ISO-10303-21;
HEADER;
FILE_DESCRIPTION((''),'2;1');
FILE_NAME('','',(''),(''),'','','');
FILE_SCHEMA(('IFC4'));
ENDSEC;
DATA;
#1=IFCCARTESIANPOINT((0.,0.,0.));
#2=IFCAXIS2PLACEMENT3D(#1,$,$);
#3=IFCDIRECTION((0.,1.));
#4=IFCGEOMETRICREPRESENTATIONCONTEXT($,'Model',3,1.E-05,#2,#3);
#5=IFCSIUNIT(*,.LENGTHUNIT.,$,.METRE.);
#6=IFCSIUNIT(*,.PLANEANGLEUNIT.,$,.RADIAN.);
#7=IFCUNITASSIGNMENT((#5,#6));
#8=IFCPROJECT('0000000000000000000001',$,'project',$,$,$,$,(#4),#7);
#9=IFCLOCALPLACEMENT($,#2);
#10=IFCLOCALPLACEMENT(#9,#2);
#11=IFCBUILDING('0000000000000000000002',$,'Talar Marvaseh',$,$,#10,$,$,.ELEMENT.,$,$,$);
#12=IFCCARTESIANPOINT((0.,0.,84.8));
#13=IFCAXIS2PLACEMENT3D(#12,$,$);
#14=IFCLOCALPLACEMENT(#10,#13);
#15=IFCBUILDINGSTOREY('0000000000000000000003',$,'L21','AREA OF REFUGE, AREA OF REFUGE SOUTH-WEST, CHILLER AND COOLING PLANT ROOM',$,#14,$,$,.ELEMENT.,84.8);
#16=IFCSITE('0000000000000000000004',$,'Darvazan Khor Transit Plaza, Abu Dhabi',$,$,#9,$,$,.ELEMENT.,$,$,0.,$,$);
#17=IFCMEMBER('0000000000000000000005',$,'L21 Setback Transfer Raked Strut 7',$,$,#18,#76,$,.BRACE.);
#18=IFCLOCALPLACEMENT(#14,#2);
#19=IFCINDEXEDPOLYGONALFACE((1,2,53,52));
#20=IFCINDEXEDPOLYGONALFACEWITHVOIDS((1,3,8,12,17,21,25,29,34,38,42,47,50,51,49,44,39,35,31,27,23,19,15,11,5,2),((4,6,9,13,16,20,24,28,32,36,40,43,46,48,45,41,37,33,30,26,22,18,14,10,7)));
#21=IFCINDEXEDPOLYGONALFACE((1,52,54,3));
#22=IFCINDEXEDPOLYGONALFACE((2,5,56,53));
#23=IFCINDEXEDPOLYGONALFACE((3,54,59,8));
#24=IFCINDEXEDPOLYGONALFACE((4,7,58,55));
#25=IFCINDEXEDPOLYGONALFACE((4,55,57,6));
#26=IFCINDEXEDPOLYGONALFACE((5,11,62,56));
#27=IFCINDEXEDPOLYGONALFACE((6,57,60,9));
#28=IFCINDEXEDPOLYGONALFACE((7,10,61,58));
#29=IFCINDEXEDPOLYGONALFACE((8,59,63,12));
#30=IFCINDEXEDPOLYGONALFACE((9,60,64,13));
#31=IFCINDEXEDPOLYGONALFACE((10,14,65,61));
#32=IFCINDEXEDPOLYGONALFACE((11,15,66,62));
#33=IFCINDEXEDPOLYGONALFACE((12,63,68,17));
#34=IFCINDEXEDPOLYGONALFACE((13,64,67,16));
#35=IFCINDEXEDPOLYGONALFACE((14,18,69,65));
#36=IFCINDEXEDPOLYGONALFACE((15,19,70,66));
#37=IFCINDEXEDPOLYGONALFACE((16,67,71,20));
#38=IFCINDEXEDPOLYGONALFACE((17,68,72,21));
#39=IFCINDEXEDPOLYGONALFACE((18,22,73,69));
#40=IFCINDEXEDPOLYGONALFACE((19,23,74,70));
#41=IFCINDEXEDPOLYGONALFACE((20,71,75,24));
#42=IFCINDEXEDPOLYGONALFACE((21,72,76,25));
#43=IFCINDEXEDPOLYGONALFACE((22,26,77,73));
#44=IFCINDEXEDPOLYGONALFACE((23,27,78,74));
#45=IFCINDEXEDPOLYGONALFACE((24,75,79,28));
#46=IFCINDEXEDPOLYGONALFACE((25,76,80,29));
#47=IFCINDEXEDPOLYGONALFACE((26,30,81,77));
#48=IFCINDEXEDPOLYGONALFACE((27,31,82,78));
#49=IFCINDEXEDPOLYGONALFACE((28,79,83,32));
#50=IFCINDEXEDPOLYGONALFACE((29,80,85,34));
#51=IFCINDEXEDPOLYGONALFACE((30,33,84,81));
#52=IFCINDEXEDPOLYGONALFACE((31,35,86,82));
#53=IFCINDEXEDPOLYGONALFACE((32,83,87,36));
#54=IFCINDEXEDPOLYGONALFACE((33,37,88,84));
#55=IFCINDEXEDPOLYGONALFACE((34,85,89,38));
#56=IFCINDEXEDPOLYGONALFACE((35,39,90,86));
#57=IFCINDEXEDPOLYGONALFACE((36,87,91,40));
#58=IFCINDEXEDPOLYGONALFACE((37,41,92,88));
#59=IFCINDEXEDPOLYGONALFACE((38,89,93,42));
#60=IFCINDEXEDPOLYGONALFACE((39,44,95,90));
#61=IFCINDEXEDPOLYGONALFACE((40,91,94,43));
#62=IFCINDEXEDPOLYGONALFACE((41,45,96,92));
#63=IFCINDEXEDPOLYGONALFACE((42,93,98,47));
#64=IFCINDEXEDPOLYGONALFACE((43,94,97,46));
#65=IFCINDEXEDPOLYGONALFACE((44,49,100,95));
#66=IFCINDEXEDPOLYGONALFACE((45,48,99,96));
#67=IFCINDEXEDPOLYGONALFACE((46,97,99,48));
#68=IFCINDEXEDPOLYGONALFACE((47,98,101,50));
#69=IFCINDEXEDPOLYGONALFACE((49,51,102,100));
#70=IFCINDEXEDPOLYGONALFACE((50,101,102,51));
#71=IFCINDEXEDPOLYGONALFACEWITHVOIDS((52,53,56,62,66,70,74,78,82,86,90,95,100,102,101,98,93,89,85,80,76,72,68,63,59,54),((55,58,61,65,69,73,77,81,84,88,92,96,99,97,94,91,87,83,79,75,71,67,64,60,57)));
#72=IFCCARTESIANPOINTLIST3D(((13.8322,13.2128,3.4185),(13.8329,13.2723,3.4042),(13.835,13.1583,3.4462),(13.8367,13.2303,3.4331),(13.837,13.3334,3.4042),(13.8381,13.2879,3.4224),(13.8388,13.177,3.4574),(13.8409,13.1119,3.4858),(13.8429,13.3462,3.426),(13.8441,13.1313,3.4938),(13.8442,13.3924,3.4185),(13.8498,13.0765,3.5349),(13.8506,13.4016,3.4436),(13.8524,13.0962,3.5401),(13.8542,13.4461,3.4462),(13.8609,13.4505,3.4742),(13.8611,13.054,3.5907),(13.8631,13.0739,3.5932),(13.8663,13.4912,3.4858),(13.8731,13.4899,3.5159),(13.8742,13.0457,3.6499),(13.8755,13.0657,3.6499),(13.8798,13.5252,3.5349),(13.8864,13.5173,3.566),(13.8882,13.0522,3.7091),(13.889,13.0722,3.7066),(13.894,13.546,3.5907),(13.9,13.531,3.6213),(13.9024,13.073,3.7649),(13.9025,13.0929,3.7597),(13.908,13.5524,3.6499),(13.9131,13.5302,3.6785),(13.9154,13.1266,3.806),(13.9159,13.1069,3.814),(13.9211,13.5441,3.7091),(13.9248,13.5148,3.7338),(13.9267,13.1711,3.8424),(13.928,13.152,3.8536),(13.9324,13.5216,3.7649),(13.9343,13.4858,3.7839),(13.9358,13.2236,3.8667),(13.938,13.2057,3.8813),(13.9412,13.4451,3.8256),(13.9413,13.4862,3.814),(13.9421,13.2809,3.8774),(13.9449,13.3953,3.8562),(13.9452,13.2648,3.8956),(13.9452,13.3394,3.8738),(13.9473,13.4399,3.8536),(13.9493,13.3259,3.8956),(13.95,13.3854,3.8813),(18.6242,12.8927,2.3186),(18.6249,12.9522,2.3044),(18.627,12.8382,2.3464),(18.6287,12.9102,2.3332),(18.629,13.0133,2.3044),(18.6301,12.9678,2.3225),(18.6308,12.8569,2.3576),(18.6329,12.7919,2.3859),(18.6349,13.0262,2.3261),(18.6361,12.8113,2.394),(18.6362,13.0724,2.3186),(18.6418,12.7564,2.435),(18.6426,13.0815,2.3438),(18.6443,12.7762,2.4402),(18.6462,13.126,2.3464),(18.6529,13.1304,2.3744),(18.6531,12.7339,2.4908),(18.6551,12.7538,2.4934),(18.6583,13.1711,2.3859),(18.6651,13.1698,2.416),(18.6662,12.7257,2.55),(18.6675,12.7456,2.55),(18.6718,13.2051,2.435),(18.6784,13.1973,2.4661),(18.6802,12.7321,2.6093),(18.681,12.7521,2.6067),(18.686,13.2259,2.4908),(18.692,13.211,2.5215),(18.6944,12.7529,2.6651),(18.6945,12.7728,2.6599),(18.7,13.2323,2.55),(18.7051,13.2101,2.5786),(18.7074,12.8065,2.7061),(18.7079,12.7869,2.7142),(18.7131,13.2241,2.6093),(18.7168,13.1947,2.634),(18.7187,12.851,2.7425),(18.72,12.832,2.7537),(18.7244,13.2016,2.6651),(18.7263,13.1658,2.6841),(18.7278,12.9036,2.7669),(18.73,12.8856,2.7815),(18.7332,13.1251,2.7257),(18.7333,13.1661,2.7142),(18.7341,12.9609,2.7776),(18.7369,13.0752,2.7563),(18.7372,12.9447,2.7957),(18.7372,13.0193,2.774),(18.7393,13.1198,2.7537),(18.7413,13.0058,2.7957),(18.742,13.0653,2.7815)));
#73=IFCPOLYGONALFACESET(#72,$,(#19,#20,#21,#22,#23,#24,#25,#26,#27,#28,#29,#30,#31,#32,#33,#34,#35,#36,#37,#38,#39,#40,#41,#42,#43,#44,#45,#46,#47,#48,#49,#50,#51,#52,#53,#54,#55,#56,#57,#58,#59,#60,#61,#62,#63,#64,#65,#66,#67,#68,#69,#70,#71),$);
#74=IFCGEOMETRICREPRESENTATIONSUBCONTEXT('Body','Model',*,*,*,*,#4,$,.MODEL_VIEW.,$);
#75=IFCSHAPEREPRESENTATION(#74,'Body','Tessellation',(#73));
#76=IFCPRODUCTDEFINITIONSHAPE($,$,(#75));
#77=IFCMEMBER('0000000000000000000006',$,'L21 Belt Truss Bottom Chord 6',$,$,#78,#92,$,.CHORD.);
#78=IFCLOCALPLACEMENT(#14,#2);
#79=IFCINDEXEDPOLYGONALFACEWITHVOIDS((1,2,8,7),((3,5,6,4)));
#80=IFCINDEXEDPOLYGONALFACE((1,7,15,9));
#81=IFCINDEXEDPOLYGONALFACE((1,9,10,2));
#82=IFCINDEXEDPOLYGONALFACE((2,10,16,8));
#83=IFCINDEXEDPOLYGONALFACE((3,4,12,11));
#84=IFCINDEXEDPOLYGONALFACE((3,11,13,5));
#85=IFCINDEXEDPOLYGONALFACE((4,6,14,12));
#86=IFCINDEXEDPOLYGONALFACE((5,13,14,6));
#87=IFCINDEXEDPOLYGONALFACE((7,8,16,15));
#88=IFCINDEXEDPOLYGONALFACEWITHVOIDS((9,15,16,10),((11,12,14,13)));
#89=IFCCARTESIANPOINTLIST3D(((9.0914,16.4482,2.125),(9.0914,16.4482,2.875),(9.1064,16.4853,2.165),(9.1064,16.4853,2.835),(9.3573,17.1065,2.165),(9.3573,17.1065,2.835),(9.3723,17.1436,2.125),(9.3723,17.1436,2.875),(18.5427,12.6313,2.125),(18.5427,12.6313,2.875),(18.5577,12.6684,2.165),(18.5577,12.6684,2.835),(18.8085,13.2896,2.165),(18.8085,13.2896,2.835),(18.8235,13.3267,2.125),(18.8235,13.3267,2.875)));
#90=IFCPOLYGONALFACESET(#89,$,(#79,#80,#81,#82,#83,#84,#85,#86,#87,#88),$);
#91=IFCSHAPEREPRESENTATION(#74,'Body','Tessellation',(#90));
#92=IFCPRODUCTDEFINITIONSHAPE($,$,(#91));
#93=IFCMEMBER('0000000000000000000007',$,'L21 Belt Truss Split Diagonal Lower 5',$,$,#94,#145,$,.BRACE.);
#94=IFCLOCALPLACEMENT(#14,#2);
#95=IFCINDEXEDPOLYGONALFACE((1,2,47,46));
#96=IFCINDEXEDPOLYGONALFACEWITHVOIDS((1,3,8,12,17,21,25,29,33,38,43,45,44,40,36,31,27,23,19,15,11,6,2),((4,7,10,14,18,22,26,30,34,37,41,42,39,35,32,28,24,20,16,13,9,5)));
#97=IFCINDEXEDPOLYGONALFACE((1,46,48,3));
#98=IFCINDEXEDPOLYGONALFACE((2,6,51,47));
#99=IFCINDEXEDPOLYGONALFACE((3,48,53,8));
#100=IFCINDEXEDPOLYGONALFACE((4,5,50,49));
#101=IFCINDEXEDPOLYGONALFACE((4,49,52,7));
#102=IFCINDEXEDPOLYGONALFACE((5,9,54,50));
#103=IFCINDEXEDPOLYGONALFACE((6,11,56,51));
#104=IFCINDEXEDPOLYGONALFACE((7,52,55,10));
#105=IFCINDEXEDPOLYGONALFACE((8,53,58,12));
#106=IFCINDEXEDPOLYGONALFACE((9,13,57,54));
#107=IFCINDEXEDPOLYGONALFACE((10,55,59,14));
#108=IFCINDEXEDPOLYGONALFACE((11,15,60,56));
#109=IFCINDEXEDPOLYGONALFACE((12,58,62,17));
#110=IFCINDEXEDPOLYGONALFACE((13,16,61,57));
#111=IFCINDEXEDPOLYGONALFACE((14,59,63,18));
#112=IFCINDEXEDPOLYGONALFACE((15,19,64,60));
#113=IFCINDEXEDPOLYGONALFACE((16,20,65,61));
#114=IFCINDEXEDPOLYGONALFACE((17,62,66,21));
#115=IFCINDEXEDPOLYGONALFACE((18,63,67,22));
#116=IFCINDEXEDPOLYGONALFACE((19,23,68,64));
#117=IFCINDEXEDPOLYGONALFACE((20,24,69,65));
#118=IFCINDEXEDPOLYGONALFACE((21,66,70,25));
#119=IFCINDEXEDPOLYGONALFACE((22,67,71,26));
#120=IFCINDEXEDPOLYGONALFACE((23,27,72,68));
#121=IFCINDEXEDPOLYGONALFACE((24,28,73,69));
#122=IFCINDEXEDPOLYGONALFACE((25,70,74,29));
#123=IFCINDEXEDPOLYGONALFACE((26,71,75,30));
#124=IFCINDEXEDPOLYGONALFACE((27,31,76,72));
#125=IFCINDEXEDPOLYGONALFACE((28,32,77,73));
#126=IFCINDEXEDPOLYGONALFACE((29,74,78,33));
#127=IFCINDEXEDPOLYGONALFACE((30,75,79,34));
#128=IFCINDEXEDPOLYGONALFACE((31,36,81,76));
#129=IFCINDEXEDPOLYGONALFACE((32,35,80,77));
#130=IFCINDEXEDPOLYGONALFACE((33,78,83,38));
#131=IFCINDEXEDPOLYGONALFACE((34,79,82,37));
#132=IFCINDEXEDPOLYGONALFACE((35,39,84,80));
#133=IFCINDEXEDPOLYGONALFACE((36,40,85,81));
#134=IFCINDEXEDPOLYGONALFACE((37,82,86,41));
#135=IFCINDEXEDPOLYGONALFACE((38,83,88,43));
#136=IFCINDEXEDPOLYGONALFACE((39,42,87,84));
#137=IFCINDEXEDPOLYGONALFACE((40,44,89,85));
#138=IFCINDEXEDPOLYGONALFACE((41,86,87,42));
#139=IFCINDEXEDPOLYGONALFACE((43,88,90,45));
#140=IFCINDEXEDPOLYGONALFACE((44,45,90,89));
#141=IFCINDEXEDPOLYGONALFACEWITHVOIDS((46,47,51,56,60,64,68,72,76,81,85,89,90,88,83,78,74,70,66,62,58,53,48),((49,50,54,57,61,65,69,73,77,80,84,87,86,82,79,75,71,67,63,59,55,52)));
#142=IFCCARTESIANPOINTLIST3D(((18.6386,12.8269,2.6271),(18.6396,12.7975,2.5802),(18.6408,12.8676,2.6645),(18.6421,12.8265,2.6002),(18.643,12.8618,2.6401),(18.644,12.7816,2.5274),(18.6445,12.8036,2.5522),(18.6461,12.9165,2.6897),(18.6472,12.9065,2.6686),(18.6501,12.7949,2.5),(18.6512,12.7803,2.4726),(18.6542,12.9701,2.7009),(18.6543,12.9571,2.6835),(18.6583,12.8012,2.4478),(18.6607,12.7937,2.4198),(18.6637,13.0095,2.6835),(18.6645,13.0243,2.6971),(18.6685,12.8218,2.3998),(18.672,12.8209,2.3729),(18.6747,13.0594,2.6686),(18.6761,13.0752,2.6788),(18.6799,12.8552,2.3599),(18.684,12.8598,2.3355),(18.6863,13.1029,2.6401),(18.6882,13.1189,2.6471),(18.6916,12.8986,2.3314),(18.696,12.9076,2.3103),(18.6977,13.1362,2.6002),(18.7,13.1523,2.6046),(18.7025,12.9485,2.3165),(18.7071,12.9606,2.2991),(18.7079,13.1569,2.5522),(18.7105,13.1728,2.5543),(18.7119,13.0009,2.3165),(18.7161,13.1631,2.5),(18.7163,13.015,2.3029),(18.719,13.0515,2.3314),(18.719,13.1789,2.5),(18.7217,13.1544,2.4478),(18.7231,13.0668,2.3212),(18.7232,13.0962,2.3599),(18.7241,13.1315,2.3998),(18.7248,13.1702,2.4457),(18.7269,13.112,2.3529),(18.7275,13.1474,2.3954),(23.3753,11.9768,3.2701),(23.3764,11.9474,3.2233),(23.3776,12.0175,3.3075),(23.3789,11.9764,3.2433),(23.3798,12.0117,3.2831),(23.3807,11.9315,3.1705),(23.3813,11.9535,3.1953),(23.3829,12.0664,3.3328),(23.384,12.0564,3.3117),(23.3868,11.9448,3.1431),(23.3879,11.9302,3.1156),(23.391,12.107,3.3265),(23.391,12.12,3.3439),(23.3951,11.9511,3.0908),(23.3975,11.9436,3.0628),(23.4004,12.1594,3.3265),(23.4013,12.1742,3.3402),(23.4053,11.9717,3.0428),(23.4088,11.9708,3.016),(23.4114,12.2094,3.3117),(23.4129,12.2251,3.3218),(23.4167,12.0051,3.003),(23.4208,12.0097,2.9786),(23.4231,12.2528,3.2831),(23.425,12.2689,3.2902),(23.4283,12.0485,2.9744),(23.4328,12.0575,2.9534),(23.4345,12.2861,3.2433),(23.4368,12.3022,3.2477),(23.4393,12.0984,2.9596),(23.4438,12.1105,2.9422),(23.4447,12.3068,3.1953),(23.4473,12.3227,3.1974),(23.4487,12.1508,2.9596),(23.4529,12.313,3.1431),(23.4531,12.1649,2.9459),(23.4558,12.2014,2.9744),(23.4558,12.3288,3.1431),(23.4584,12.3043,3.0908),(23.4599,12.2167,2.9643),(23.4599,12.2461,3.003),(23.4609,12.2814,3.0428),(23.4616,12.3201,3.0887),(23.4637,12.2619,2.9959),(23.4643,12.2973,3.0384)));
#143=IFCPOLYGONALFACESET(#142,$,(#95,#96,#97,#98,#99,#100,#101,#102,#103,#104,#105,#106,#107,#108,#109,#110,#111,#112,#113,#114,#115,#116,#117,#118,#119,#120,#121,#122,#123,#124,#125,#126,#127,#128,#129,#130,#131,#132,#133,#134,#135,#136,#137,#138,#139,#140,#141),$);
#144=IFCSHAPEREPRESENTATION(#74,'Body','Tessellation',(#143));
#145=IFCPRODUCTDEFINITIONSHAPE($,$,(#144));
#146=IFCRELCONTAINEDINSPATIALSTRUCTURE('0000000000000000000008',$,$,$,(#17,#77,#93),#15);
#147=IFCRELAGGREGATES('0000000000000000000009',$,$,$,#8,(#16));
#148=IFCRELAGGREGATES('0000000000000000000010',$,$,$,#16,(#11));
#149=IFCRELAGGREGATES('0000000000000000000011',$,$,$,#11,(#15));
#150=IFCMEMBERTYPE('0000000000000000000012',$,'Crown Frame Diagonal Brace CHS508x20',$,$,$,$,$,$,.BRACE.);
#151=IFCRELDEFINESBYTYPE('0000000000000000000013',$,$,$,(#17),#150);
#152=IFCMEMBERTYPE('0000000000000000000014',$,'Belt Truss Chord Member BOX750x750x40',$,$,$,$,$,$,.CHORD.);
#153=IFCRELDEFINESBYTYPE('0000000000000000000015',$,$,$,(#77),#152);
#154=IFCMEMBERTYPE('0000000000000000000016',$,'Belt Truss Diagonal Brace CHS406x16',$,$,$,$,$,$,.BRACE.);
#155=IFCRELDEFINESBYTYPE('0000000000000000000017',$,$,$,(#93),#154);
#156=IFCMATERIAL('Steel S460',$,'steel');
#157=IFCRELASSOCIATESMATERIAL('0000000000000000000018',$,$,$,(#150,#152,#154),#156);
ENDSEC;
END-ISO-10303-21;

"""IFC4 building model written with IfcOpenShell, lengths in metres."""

from ifc_helpers import new_model, si_unit, direction, frame, origin, origin_2d, place, context, subcontext, project, spatial, hollow_rectangle, hollow_circle, extrude, source, transform, mapped, material, material_profile, profile_set, type_object, type_shapes, element, save


model = new_model("IFC4")

# Units and contexts
model_context = context("Model", 3, precision=1e-05, world=origin(), true_north=direction((0.0, 1.0)))
body_context = subcontext(model_context, "Body", "Model", "MODEL_VIEW")
ifc_project = project(units=[si_unit("LENGTHUNIT", "METRE"), si_unit("PLANEANGLEUNIT", "RADIAN")], contexts=[model_context])

# Site, building, storey
site_placement = place(None, origin())
site = spatial("IfcSite", under=ifc_project, at=site_placement, Name="Darvazan Khor Transit Plaza, Abu Dhabi", CompositionType="ELEMENT", RefElevation=0.0)
building_placement = place(site_placement, origin())
building = spatial("IfcBuilding", under=site, at=building_placement, Name="Talar Marvaseh", CompositionType="ELEMENT")
storey_placement = place(building_placement, frame((0.0, 0.0, 84.8)))
storey = spatial("IfcBuildingStorey", under=building, at=storey_placement, Name="L21", Description="AREA OF REFUGE, AREA OF REFUGE SOUTH-WEST, CHILLER AND COOLING PLANT ROOM", CompositionType="ELEMENT", Elevation=84.8)

# Shared definitions
ifc_material_1 = material(Name="Steel S460", Category="steel")

# Members
ifc_material_profile_1 = material_profile(ifc_material_1, hollow_circle(Radius=0.2539, WallThickness=0.02, at=origin_2d()), Name="CHS508x20")
ifc_profile_set_1 = profile_set([ifc_material_profile_1], Name="Steel S460")
member_type_1 = type_object("IfcMemberType", Name="Crown Frame Diagonal Brace CHS508x20", PredefinedType="BRACE", material=ifc_profile_set_1)
shared_shape_1 = source(origin(), body_context, "Body", "SweptSolid", [
    extrude(hollow_circle(Radius=0.2539, WallThickness=0.02, at=origin_2d()), origin(), (0.0, 0.0, 1.0), 4.927),
])
member_1_placement = place(storey_placement, frame((18.6831, 12.979, 2.55), z_axis=(-0.972599, 0.064962, 0.22323), x_axis=(-0.066644, -0.997777, 0.0)))
element("IfcMember", 1, at=member_1_placement, inside=storey, type_object=member_type_1, Name="L21 Setback Transfer Raked Strut 7", PredefinedType="BRACE", context=body_context, shape_type="MappedRepresentation", body=[
    mapped(shared_shape_1, transform((0.0, 0.0, 0.0), x_axis=(1.0, 0.0, 0.0), y_axis=(0.0, 1.0, 0.0), z_axis=(0.0, 0.0, 1.0), scale=1.0)),
])
ifc_material_profile_2 = material_profile(ifc_material_1, hollow_rectangle(XDim=0.75, YDim=0.75, WallThickness=0.04, at=origin_2d()), Name="BOX750x750x40")
ifc_profile_set_2 = profile_set([ifc_material_profile_2], Name="Steel S460")
member_type_2 = type_object("IfcMemberType", Name="Belt Truss Chord Member BOX750x750x40", PredefinedType="CHORD", material=ifc_profile_set_2)
shared_shape_2 = source(origin(), body_context, "Body", "SweptSolid", [
    extrude(hollow_rectangle(XDim=0.75, YDim=0.75, WallThickness=0.04, at=origin_2d()), origin(), (0.0, 0.0, 1.0), 10.1929),
])
type_shapes(member_type_2, [shared_shape_2])
member_2_placement = place(storey_placement, frame((18.6831, 12.979, 2.5), z_axis=(-0.927239, 0.374469, 0.0), x_axis=(-0.374469, -0.927239, 0.0)))
element("IfcMember", 2, at=member_2_placement, inside=storey, type_object=member_type_2, Name="L21 Belt Truss Bottom Chord 6", PredefinedType="CHORD", context=body_context, shape_type="MappedRepresentation", body=[
    mapped(shared_shape_2, transform((0.0, 0.0, 0.0), x_axis=(1.0, 0.0, 0.0), y_axis=(0.0, 1.0, 0.0), z_axis=(0.0, 0.0, 1.0), scale=1.0)),
])
ifc_material_profile_3 = material_profile(ifc_material_1, hollow_circle(Radius=0.2031, WallThickness=0.0161, at=origin_2d()), Name="CHS406x16")
ifc_profile_set_3 = profile_set([ifc_material_profile_3], Name="Steel S460")
member_type_3 = type_object("IfcMemberType", Name="Belt Truss Diagonal Brace CHS406x16", PredefinedType="BRACE", material=ifc_profile_set_3)
shared_shape_3 = source(origin(), body_context, "Body", "SweptSolid", [
    extrude(hollow_circle(Radius=0.2031, WallThickness=0.0161, at=origin_2d()), origin(), (0.0, 0.0, 1.0), 4.8552),
])
for number, where, z_axis, x_axis, name in (
    (3, (18.6831, 12.979, 2.5), (0.975603, -0.175088, 0.132447), (0.176644, 0.984275, 0.0), "L21 Belt Truss Split Diagonal Lower 5"),
):
    element("IfcMember", number, at=place(storey_placement, frame(where, z_axis=z_axis, x_axis=x_axis)), inside=storey, type_object=member_type_3, Name=name, PredefinedType="BRACE", context=body_context, shape_type="MappedRepresentation", body=[
        mapped(shared_shape_3, transform((0.0, 0.0, 0.0), x_axis=(1.0, 0.0, 0.0), y_axis=(0.0, 1.0, 0.0), z_axis=(0.0, 0.0, 1.0), scale=1.0)),
    ])

save(model, "model.ifc")
